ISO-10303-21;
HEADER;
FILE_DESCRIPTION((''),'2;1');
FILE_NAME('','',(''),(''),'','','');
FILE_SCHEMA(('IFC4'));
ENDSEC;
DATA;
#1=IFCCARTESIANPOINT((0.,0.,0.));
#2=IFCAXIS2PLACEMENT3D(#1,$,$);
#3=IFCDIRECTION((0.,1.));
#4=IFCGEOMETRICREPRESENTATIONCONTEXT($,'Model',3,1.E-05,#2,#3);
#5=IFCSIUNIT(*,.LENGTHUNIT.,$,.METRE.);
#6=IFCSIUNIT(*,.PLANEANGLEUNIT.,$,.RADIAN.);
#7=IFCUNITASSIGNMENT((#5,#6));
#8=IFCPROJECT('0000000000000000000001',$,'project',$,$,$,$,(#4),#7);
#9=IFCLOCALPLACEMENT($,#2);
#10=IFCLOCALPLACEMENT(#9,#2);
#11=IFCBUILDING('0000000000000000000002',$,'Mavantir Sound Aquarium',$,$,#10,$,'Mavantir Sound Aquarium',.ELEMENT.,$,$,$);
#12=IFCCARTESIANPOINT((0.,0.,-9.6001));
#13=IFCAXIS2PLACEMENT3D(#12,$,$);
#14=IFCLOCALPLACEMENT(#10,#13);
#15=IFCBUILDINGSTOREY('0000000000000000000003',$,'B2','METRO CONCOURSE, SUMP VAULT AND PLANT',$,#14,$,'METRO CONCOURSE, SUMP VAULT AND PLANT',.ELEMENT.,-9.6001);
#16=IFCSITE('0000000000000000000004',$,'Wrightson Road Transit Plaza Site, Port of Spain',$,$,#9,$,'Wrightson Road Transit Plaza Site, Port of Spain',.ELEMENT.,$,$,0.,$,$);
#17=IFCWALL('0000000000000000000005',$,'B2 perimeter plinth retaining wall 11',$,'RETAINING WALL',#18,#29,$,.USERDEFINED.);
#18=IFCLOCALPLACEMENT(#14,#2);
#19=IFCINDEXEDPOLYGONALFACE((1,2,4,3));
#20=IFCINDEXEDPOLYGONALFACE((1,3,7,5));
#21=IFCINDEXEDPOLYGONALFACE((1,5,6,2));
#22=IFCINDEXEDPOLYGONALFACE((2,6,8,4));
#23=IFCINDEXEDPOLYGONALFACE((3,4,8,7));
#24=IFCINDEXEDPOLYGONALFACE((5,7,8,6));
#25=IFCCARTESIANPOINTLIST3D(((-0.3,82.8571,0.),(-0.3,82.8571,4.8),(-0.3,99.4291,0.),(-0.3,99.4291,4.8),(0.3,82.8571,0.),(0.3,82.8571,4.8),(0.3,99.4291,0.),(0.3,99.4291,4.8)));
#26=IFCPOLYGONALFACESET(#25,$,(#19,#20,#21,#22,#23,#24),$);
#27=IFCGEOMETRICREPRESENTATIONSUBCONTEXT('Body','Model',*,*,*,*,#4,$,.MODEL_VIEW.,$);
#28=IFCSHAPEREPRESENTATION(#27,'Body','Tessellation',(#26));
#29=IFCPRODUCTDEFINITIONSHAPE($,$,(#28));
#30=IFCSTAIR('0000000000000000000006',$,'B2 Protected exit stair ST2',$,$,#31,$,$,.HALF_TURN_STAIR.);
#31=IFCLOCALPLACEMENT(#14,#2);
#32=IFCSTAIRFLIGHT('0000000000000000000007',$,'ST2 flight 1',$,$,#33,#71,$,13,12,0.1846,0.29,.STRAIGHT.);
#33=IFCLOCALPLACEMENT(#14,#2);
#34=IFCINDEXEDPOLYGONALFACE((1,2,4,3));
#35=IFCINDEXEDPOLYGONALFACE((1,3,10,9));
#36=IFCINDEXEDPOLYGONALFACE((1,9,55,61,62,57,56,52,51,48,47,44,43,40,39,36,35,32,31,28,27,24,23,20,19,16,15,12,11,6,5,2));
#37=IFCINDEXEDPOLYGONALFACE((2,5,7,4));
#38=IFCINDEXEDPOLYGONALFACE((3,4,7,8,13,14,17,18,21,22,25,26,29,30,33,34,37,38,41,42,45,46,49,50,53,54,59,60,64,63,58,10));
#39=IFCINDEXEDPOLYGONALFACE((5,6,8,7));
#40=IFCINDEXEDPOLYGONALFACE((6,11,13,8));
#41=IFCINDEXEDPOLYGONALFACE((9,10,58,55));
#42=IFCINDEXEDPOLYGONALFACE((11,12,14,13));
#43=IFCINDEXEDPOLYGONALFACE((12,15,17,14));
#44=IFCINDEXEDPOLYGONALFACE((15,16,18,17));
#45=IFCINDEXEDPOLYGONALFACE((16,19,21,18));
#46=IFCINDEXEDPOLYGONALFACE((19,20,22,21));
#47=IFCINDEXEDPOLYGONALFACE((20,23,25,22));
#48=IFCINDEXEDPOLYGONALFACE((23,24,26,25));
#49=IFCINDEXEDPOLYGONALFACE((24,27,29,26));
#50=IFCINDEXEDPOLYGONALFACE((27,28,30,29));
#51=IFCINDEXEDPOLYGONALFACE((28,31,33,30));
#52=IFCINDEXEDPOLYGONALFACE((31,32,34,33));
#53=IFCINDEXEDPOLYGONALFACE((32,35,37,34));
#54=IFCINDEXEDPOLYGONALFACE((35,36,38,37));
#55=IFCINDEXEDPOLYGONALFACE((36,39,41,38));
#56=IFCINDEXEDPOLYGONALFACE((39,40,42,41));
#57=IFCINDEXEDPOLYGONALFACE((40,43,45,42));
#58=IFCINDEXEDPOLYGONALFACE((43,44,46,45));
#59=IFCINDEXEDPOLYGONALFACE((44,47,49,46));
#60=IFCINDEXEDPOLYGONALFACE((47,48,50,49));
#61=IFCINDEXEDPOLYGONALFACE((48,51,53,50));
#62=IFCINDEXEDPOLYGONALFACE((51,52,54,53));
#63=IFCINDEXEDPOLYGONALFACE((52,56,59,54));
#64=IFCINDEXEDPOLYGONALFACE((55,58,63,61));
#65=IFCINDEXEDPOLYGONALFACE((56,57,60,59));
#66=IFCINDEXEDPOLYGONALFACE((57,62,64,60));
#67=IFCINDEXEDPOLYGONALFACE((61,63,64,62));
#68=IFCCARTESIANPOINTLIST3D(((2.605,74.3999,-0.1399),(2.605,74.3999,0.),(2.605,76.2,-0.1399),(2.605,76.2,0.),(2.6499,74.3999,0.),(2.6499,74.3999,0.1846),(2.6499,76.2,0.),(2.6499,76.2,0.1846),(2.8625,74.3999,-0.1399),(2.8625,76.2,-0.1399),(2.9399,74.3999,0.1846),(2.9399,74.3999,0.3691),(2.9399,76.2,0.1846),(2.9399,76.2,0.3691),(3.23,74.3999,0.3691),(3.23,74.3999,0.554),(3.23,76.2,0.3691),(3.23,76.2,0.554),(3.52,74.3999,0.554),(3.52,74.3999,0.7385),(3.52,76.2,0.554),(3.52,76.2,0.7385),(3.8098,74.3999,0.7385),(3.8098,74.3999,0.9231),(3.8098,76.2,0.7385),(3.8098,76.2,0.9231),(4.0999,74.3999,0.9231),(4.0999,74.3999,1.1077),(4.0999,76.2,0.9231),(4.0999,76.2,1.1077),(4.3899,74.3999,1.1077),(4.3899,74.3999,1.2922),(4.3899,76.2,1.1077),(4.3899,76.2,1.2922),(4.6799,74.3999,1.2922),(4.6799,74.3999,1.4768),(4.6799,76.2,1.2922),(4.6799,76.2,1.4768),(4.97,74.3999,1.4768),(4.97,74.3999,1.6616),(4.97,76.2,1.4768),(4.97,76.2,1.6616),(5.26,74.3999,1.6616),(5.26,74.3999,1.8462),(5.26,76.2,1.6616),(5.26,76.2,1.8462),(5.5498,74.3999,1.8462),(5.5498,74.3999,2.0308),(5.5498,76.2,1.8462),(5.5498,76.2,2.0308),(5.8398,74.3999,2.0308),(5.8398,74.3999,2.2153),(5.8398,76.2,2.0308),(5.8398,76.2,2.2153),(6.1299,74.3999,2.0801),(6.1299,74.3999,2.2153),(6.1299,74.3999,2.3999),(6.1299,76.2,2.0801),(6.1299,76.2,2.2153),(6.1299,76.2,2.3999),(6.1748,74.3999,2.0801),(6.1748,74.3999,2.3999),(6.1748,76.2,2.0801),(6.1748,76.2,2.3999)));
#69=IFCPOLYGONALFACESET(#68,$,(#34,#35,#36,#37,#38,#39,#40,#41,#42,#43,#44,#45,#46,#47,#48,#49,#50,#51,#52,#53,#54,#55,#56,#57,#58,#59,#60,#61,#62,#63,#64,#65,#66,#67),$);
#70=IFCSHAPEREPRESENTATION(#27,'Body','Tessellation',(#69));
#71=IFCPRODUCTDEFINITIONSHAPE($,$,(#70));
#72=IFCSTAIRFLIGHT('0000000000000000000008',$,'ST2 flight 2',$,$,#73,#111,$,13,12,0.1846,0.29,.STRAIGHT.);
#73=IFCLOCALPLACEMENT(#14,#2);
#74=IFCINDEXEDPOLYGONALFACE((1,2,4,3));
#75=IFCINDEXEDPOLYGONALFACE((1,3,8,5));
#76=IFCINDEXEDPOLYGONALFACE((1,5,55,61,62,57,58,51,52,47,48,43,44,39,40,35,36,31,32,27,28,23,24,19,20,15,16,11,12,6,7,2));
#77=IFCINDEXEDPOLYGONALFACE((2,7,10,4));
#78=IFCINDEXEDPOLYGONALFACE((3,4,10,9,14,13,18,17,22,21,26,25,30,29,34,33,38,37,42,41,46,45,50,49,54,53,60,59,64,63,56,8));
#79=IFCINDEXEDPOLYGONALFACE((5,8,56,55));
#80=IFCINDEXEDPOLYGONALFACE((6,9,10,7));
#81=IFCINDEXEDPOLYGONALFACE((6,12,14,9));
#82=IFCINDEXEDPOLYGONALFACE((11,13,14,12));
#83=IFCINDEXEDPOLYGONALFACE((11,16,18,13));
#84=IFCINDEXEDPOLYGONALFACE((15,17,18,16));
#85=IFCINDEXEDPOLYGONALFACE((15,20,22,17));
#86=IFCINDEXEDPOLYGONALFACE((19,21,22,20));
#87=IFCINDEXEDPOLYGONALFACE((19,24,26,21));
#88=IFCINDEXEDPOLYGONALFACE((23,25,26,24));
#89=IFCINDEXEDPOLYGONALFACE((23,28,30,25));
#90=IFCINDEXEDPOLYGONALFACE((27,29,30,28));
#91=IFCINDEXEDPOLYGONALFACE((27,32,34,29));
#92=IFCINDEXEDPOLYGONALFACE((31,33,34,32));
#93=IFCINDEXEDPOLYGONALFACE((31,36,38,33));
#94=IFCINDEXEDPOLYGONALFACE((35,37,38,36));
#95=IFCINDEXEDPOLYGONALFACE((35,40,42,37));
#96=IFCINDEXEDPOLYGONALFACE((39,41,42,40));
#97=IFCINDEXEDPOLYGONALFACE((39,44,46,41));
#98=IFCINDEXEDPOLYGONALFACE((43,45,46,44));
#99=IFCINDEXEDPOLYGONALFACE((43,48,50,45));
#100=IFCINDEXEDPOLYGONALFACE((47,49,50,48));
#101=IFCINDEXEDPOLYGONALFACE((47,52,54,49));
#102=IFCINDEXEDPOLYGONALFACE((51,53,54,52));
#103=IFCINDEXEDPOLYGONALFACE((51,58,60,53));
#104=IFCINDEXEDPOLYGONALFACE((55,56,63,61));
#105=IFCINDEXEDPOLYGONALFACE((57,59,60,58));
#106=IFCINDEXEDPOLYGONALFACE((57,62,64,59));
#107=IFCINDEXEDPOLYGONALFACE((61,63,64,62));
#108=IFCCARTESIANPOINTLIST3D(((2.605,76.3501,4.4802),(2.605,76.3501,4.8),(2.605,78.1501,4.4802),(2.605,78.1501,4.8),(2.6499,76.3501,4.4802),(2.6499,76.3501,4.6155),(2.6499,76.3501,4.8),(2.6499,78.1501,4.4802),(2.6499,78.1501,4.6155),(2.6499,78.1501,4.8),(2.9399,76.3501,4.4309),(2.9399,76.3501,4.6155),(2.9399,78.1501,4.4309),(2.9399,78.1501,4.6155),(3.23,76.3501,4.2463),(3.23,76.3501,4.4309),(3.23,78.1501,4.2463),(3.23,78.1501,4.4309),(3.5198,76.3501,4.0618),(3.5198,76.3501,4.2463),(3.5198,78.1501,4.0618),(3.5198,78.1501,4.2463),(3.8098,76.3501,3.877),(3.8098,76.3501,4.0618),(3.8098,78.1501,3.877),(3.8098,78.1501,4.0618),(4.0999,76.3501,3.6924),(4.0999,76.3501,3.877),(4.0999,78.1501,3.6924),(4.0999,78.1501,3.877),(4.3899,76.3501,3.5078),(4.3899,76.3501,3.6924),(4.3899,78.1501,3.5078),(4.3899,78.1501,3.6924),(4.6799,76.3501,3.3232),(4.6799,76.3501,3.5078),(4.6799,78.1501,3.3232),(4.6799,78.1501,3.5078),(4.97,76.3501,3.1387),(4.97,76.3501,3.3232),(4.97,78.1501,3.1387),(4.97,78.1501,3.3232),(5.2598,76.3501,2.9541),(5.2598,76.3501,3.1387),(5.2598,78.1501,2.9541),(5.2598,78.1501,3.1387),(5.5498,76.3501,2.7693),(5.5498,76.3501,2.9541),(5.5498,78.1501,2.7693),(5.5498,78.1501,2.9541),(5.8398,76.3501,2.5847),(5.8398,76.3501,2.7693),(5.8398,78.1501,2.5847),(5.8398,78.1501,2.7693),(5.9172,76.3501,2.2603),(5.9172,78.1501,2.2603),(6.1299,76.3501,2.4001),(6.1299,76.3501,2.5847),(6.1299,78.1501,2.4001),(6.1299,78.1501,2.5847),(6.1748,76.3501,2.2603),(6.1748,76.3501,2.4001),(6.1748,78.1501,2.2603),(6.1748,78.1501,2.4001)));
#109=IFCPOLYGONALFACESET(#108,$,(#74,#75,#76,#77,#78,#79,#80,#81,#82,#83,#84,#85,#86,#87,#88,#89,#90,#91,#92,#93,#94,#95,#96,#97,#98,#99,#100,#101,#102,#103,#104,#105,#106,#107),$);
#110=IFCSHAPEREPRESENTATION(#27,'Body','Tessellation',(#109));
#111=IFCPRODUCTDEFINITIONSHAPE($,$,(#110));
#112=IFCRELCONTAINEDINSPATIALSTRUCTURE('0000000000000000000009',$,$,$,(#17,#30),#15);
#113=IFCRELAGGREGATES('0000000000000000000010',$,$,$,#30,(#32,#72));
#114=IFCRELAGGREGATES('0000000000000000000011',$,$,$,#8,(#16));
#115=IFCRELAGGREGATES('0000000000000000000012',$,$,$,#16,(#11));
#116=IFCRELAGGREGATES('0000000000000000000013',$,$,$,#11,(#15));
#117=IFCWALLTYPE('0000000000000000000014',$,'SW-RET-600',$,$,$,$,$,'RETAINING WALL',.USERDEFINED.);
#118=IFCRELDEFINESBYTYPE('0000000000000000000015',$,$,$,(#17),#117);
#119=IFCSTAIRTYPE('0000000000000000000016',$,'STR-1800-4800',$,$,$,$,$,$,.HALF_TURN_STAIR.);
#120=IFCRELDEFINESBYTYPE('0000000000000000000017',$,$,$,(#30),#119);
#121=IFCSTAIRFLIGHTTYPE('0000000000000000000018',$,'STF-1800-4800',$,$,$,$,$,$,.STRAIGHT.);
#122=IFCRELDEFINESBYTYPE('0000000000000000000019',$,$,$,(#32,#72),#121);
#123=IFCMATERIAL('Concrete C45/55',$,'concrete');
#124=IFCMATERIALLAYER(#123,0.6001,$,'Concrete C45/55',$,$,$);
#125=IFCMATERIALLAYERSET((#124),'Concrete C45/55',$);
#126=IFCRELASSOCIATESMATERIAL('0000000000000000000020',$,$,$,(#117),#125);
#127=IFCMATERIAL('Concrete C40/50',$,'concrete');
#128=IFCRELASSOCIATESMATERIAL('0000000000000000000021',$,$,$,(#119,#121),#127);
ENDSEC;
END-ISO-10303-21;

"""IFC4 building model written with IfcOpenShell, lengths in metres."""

from ifc_helpers import new_model, si_unit, direction, frame, frame_2d, origin, place, context, subcontext, project, spatial, polyline, rectangle, outline, extrude, material, layer, layer_set, type_object, element, aggregate, save


model = new_model("IFC4")

# Units and contexts
model_context = context("Model", 3, precision=1e-05, world=origin(), true_north=direction((0.0, 1.0)))
body_context = subcontext(model_context, "Body", "Model", "MODEL_VIEW")
ifc_project = project(units=[si_unit("LENGTHUNIT", "METRE"), si_unit("PLANEANGLEUNIT", "RADIAN")], contexts=[model_context])

# Site, building, storey
site_placement = place(None, origin())
site = spatial("IfcSite", under=ifc_project, at=site_placement, Name="Wrightson Road Transit Plaza Site, Port of Spain", LongName="Wrightson Road Transit Plaza Site, Port of Spain", CompositionType="ELEMENT", RefElevation=0.0)
building_placement = place(site_placement, origin())
building = spatial("IfcBuilding", under=site, at=building_placement, Name="Mavantir Sound Aquarium", LongName="Mavantir Sound Aquarium", CompositionType="ELEMENT")
storey_placement = place(building_placement, frame((0.0, 0.0, -9.6001)))
storey = spatial("IfcBuildingStorey", under=building, at=storey_placement, Name="B2", Description="METRO CONCOURSE, SUMP VAULT AND PLANT", LongName="METRO CONCOURSE, SUMP VAULT AND PLANT", CompositionType="ELEMENT", Elevation=-9.6001)

# Shared definitions
ifc_material_1 = material(Name="Concrete C40/50", Category="concrete")

# Wall
ifc_material_2 = material(Name="Concrete C45/55", Category="concrete")
ifc_layer_1 = layer(ifc_material_2, 0.6001, Name="Concrete C45/55")
ifc_layer_set_1 = layer_set([ifc_layer_1], Name="Concrete C45/55")
wall_type_1 = type_object("IfcWallType", Name="SW-RET-600", ElementType="RETAINING WALL", PredefinedType="USERDEFINED", material=ifc_layer_set_1)
wall_1_placement = place(storey_placement, frame((0.0, 82.8569, 0.0), z_axis=(0.0, 0.0, 1.0), x_axis=(0.0, 1.0, 0.0)))
element("IfcWall", 1, at=wall_1_placement, inside=storey, type_object=wall_type_1, Name="B2 perimeter plinth retaining wall 11", ObjectType="RETAINING WALL", PredefinedType="USERDEFINED", context=body_context, shape_type="SweptSolid", body=[
    extrude(rectangle(XDim=16.572, YDim=0.6001, at=frame_2d((8.2861, 0.0))), origin(), (0.0, 0.0, 1.0), 4.8),
])

# Stair, stair flights
stair_type = type_object("IfcStairType", Name="STR-1800-4800", PredefinedType="HALF_TURN_STAIR", material=ifc_material_1)
stair_placement = place(storey_placement, origin())
stair = element("IfcStair", 2, at=stair_placement, inside=storey, type_object=stair_type, Name="B2 Protected exit stair ST2", PredefinedType="HALF_TURN_STAIR")
stair_flight_type = type_object("IfcStairFlightType", Name="STF-1800-4800", PredefinedType="STRAIGHT", material=ifc_material_1)
stair_flight_1_placement = place(storey_placement, frame((2.6499, 75.3, 0.0), z_axis=(0.0, 0.0, 1.0), x_axis=(1.0, 0.0, 0.0)))
stair_flight_1 = element("IfcStairFlight", 3, at=stair_flight_1_placement, type_object=stair_flight_type, Name="ST2 flight 1", NumberOfRisers=13, NumberOfTreads=12, PredefinedType="STRAIGHT", RiserHeight=0.1846, TreadLength=0.29, context=body_context, shape_type="SweptSolid", body=[
    extrude(outline(polyline([(-0.0449, -0.1399), (-0.0449, 0.0), (0.0, 0.0), (0.0, 0.1846), (0.29, 0.1846), (0.29, 0.3691), (0.5801, 0.3691), (0.5801, 0.554), (0.8701, 0.554), (0.8701, 0.7385), (1.1599, 0.7385), (1.1599, 0.9231), (1.45, 0.9231), (1.45, 1.1077), (1.74, 1.1077), (1.74, 1.2922), (2.03, 1.2922), (2.03, 1.4768), (2.3201, 1.4768), (2.3201, 1.6616), (2.6101, 1.6616), (2.6101, 1.8462), (2.8999, 1.8462), (2.8999, 2.0308), (3.1899, 2.0308), (3.1899, 2.2153), (3.48, 2.2153), (3.48, 2.3999), (3.5249, 2.3999), (3.5249, 2.0801), (3.48, 2.0801), (0.2126, -0.1399), (-0.0449, -0.1399)])), frame((0.0, 0.8999, 0.0), z_axis=(0.0, -1.0, 0.0), x_axis=(1.0, 0.0, 0.0)), (0.0, 0.0, 1.0), 1.8),
])
stair_flight_2_placement = place(storey_placement, frame((6.1299, 77.25, 2.4001), z_axis=(0.0, 0.0, 1.0), x_axis=(-1.0, 0.0, 0.0)))
stair_flight_2 = element("IfcStairFlight", 4, at=stair_flight_2_placement, type_object=stair_flight_type, Name="ST2 flight 2", NumberOfRisers=13, NumberOfTreads=12, PredefinedType="STRAIGHT", RiserHeight=0.1846, TreadLength=0.29, context=body_context, shape_type="SweptSolid", body=[
    extrude(outline(polyline([(-0.0449, -0.1399), (-0.0449, 0.0), (0.0, 0.0), (0.0, 0.1846), (0.29, 0.1846), (0.29, 0.3691), (0.5801, 0.3691), (0.5801, 0.554), (0.8701, 0.554), (0.8701, 0.7385), (1.1599, 0.7385), (1.1599, 0.9231), (1.45, 0.9231), (1.45, 1.1077), (1.74, 1.1077), (1.74, 1.2922), (2.03, 1.2922), (2.03, 1.4768), (2.3201, 1.4768), (2.3201, 1.6616), (2.6101, 1.6616), (2.6101, 1.8462), (2.8999, 1.8462), (2.8999, 2.0308), (3.1899, 2.0308), (3.1899, 2.2153), (3.48, 2.2153), (3.48, 2.3999), (3.5249, 2.3999), (3.5249, 2.0801), (3.48, 2.0801), (0.2126, -0.1399), (-0.0449, -0.1399)])), frame((0.0, 0.8999, 0.0), z_axis=(0.0, -1.0, 0.0), x_axis=(1.0, 0.0, 0.0)), (0.0, 0.0, 1.0), 1.8),
])
aggregate(stair, [stair_flight_1, stair_flight_2])

save(model, "model.ifc")
